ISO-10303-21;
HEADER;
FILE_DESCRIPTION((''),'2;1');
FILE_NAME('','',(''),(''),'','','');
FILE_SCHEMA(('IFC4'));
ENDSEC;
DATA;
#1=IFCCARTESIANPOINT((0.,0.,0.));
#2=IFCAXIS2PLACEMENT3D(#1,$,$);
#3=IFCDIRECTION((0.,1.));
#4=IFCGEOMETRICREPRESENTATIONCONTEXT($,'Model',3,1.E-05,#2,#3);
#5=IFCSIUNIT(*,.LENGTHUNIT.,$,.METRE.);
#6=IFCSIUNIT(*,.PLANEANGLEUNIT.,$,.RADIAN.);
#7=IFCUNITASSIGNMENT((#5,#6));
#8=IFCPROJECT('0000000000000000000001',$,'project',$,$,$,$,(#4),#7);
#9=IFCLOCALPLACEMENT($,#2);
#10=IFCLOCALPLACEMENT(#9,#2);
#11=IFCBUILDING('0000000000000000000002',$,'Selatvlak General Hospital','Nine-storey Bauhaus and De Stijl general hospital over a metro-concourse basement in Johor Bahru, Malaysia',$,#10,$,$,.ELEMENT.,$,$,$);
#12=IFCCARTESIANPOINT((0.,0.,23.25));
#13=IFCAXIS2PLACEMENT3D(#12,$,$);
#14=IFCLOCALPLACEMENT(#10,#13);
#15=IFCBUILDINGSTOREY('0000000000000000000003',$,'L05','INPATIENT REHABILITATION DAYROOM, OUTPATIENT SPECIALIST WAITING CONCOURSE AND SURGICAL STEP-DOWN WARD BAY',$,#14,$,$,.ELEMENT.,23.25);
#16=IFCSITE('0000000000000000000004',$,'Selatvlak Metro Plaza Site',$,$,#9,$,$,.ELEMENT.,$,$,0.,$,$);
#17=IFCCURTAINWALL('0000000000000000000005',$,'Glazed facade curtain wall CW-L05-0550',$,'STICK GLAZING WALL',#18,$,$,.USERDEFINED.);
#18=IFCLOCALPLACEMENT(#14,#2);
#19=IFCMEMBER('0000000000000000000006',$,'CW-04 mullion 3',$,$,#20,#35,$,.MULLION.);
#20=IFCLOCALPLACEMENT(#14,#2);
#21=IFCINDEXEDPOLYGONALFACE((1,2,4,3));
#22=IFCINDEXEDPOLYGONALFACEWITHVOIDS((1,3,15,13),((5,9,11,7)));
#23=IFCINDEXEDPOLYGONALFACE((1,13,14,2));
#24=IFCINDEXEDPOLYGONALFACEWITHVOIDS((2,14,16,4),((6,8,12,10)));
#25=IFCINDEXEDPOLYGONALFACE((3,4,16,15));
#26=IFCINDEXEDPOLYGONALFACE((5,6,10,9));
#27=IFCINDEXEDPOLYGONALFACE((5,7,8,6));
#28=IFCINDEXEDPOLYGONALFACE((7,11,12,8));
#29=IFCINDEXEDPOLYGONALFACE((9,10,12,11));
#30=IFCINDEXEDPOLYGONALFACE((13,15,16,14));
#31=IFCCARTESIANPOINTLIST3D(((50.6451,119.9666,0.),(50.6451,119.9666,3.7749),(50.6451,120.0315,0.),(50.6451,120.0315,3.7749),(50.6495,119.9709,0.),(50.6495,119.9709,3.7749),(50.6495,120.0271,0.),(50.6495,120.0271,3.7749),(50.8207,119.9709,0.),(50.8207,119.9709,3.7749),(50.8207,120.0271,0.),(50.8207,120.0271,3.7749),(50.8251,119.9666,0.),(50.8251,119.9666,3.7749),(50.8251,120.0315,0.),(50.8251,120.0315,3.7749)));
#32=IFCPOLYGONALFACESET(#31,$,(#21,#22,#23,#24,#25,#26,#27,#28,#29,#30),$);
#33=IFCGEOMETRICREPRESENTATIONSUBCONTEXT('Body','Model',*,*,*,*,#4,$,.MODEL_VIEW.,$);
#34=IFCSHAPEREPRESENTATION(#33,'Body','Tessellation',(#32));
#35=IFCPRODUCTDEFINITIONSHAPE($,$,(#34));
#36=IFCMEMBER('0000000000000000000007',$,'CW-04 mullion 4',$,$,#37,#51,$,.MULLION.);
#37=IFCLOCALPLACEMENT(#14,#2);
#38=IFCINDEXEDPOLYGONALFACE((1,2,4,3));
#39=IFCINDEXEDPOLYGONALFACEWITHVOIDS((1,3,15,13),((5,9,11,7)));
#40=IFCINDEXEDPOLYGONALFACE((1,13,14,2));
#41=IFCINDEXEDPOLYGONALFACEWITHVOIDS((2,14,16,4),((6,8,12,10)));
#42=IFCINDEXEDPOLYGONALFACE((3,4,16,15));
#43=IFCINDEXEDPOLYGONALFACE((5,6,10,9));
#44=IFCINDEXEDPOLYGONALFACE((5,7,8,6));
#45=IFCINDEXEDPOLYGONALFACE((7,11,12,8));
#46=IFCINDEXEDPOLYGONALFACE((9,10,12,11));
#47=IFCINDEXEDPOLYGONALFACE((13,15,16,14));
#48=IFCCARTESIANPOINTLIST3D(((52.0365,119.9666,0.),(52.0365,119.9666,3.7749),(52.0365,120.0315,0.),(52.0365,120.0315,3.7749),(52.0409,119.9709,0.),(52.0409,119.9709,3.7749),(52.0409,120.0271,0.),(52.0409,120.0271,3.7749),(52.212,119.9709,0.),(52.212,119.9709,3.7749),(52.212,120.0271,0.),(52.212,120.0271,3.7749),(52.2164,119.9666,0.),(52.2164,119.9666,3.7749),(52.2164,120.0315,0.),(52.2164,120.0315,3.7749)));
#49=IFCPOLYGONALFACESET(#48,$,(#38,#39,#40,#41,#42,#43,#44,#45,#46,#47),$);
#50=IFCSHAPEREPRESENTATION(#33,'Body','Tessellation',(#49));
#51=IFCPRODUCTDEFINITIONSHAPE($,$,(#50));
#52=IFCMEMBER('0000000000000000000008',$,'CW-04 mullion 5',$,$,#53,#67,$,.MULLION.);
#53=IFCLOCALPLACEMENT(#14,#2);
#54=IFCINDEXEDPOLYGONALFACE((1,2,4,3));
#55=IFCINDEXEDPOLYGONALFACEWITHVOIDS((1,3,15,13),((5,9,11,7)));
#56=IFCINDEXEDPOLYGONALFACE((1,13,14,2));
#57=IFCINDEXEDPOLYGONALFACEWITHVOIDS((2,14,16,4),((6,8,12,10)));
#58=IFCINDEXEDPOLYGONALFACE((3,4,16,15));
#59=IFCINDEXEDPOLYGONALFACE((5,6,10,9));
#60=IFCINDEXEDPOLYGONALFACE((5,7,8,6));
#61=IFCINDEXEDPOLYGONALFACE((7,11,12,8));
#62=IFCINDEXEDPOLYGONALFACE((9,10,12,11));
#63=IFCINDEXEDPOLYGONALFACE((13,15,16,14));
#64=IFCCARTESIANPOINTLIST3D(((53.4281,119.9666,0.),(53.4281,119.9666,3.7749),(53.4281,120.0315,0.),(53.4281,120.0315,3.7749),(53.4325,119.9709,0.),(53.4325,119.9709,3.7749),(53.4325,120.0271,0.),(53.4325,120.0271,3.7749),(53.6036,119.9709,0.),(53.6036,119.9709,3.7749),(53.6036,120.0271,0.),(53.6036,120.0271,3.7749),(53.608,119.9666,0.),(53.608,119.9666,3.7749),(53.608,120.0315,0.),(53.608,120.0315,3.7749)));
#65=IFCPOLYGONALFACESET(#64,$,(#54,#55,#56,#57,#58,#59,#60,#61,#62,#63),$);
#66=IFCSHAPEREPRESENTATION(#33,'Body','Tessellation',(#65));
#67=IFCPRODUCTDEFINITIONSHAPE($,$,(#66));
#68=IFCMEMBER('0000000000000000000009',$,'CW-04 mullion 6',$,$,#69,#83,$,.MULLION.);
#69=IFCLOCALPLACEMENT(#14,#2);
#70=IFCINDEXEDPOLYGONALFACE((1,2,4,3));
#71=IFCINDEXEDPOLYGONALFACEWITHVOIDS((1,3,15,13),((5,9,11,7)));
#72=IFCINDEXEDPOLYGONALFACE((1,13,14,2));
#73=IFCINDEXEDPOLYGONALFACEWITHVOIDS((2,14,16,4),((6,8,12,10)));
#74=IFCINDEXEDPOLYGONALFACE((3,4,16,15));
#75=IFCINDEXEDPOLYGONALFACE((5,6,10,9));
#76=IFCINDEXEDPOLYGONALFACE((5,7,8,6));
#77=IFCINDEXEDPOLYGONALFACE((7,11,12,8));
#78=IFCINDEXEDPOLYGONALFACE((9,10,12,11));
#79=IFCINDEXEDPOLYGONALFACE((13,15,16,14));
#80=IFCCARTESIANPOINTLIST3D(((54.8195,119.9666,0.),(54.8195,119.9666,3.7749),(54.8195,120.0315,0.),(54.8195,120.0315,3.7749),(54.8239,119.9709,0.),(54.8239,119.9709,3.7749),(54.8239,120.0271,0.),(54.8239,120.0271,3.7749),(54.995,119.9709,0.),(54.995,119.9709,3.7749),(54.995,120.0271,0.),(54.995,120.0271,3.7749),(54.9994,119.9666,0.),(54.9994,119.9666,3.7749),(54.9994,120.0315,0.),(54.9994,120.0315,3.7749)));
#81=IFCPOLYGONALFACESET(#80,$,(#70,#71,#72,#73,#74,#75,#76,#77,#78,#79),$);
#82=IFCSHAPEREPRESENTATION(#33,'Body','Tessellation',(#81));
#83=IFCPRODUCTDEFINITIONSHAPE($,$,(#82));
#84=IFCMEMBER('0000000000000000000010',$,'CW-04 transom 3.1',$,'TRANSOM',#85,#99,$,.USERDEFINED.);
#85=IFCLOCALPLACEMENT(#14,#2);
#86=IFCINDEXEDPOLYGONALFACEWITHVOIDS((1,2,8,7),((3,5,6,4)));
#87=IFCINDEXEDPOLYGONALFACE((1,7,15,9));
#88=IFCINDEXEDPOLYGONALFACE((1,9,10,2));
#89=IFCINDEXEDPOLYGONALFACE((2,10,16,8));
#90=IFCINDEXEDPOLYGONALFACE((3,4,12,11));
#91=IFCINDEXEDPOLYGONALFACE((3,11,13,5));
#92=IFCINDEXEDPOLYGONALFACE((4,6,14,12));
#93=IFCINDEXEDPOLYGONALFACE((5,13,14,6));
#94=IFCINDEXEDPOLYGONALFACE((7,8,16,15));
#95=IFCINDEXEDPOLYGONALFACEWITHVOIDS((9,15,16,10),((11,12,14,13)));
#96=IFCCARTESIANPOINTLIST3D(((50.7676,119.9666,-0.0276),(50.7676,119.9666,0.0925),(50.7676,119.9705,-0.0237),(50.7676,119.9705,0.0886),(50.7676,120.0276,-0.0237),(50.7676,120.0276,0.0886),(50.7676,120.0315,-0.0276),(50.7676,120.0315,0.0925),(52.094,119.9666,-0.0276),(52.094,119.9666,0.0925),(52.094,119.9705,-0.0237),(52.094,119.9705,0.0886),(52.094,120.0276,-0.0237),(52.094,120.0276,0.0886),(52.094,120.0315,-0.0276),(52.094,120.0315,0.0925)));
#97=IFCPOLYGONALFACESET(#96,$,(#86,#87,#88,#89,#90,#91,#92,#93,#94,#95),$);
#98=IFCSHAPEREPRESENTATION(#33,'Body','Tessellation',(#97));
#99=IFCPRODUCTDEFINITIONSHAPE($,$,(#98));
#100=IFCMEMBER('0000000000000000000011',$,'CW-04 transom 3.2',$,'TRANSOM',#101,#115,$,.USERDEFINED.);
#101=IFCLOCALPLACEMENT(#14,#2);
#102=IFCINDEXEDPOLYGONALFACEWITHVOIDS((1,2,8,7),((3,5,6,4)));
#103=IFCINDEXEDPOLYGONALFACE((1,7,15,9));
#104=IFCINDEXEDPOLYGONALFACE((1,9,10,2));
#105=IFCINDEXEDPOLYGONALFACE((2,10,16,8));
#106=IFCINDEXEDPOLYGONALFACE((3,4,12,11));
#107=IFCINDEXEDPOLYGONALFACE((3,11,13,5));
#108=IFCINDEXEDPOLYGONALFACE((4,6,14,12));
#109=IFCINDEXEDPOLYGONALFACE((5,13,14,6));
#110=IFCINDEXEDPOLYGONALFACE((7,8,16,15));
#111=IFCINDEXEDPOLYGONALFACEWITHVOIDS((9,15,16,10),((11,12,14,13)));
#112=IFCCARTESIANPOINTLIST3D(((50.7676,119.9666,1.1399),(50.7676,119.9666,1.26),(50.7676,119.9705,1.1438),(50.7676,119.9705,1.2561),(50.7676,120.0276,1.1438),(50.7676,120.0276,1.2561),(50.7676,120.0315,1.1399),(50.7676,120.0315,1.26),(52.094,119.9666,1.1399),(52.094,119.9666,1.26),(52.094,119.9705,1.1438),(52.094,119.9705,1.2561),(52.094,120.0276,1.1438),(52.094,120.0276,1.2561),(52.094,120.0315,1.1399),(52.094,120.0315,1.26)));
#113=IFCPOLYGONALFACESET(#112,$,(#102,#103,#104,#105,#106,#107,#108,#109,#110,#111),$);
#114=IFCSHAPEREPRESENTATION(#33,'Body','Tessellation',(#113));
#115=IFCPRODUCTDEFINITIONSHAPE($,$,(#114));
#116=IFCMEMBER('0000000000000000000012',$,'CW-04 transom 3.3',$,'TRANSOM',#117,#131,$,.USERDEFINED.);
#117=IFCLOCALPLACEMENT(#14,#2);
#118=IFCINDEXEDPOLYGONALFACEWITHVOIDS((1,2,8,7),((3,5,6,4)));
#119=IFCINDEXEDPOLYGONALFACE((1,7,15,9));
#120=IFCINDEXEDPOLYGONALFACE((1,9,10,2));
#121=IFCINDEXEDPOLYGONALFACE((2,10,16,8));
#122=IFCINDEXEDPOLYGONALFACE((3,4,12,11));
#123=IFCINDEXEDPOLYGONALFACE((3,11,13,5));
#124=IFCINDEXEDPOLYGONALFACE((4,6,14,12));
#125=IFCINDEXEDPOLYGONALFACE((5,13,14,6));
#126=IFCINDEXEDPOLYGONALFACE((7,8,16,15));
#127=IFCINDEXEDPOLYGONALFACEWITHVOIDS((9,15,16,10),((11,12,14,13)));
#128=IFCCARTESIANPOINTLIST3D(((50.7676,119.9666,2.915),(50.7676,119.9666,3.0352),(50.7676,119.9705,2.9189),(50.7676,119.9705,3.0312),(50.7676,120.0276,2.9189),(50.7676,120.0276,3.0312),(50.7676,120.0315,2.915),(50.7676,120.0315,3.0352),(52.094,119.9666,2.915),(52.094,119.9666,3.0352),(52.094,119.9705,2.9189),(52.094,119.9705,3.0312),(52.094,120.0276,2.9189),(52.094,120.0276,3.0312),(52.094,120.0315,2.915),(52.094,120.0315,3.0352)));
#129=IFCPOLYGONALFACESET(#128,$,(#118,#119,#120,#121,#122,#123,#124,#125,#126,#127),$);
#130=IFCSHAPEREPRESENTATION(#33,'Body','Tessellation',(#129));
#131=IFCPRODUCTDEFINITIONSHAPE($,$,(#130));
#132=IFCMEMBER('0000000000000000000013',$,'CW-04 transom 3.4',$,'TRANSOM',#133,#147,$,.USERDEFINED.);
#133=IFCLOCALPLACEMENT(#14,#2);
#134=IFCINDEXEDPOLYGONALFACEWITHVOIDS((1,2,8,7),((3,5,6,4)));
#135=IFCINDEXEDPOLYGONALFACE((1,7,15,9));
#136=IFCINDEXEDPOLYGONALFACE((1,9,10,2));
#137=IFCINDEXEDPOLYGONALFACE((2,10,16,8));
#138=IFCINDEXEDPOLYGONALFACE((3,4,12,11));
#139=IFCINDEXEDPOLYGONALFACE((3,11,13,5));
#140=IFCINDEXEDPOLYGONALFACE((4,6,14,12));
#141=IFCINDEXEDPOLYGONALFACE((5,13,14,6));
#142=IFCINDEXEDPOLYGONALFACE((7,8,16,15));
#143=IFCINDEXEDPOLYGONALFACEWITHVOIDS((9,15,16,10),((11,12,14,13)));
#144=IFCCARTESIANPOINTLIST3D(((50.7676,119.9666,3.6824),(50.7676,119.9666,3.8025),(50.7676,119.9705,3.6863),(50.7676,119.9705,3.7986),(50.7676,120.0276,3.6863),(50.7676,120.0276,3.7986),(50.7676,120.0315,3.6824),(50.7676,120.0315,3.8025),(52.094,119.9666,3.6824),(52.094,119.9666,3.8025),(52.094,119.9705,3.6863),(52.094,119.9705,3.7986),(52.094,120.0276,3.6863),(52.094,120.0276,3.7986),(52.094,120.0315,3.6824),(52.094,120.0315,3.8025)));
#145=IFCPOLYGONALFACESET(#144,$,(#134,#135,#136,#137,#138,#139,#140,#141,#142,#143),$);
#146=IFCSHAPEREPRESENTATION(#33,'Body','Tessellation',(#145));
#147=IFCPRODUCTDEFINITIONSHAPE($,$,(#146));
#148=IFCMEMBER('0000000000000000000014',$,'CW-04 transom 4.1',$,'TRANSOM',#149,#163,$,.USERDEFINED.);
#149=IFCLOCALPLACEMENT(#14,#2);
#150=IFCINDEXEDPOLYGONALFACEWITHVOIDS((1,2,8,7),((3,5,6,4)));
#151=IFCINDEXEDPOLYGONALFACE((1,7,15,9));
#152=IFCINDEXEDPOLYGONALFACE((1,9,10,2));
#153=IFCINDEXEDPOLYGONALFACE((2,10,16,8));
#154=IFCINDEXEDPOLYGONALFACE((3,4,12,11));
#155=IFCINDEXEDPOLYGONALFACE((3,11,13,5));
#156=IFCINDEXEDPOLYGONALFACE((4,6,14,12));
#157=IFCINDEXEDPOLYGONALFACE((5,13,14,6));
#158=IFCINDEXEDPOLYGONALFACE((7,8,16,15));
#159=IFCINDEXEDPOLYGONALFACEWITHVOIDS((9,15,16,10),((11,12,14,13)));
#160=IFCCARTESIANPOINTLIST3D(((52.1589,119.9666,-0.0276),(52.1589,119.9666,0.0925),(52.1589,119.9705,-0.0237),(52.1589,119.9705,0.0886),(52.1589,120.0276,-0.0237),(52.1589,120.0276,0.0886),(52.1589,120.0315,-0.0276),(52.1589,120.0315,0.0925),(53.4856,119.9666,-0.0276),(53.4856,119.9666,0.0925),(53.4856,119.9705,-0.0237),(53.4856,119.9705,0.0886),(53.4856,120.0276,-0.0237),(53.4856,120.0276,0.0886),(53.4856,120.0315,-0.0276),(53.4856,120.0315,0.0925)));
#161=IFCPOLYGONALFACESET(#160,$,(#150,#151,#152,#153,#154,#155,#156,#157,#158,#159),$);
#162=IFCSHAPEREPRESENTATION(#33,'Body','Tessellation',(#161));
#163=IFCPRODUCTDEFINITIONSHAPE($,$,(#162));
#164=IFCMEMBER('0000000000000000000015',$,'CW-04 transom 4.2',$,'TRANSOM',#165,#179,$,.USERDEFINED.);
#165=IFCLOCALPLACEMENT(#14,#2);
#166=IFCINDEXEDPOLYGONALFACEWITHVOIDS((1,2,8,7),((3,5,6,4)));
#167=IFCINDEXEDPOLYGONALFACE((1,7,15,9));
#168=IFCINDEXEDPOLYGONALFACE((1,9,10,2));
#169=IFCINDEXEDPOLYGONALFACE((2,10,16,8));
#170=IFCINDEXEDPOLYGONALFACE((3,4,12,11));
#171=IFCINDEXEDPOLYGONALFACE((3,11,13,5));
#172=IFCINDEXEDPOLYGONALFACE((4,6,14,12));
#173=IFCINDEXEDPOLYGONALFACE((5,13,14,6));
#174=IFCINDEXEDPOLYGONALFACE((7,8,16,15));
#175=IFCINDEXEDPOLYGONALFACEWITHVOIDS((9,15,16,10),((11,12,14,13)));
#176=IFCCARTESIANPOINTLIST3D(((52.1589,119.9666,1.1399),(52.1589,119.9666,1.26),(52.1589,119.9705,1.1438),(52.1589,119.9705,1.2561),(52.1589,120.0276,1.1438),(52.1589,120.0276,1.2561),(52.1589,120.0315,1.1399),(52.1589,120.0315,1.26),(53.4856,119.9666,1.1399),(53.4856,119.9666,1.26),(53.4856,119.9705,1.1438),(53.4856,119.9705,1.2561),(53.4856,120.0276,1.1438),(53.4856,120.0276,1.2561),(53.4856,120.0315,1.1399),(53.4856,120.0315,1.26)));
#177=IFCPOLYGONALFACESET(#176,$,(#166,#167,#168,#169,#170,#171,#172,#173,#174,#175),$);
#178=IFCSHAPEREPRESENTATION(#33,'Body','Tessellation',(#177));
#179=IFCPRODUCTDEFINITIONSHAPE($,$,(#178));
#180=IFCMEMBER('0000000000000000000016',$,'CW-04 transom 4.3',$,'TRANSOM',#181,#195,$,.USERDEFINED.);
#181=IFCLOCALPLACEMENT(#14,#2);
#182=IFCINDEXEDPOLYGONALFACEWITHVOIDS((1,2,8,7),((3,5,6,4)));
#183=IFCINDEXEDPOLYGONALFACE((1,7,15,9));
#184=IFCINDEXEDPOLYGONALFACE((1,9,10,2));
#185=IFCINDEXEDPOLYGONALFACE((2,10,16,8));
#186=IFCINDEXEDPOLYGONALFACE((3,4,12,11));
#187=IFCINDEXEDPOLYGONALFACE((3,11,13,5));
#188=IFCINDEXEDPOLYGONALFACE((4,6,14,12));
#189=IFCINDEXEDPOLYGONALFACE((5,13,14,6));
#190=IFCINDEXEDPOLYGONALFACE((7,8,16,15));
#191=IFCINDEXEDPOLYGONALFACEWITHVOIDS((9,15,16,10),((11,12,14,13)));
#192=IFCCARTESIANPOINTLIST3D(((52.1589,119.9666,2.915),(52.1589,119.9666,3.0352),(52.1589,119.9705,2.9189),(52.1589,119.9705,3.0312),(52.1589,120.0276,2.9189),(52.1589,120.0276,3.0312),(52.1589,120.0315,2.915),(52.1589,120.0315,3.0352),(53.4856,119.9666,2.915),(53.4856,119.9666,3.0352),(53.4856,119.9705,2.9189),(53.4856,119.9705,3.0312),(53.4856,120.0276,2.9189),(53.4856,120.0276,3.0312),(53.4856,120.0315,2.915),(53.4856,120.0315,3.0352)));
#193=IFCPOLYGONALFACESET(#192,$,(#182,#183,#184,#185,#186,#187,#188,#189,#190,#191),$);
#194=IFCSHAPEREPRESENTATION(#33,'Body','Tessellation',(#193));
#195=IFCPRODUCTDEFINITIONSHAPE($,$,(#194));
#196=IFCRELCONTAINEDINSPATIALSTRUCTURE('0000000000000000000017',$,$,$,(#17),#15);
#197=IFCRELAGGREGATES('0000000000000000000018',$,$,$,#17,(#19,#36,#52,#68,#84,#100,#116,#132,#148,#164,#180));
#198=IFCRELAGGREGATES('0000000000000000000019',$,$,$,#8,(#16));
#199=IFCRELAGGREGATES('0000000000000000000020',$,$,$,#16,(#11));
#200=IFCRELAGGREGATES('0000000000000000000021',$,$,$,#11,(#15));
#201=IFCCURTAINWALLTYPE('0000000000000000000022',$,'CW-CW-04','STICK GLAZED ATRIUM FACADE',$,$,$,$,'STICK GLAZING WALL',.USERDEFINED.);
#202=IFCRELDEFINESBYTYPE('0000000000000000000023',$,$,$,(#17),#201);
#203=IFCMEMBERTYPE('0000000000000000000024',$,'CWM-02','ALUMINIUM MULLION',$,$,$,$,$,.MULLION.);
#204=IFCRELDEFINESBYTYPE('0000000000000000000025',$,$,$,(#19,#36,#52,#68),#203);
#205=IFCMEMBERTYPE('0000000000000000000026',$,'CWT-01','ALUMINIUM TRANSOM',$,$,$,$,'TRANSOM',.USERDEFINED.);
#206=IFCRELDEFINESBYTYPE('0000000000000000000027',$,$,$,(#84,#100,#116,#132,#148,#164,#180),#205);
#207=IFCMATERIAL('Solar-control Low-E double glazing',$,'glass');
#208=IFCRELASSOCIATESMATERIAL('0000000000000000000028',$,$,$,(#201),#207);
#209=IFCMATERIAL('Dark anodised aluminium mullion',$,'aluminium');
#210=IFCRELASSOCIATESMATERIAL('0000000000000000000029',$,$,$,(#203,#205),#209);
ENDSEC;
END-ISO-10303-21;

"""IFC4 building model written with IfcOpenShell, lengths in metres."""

from ifc_helpers import new_model, si_unit, direction, frame, origin, origin_2d, place, context, subcontext, project, spatial, hollow_rectangle, extrude, material, material_profile, profile_set, type_object, element, aggregate, save


model = new_model("IFC4")

# Units and contexts
model_context = context("Model", 3, precision=1e-05, world=origin(), true_north=direction((0.0, 1.0)))
body_context = subcontext(model_context, "Body", "Model", "MODEL_VIEW")
ifc_project = project(units=[si_unit("LENGTHUNIT", "METRE"), si_unit("PLANEANGLEUNIT", "RADIAN")], contexts=[model_context])

# Site, building, storey
site_placement = place(None, origin())
site = spatial("IfcSite", under=ifc_project, at=site_placement, Name="Selatvlak Metro Plaza Site", CompositionType="ELEMENT", RefElevation=0.0)
building_placement = place(site_placement, origin())
building = spatial("IfcBuilding", under=site, at=building_placement, Name="Selatvlak General Hospital", Description="Nine-storey Bauhaus and De Stijl general hospital over a metro-concourse basement in Johor Bahru, Malaysia", CompositionType="ELEMENT")
storey_placement = place(building_placement, frame((0.0, 0.0, 23.25)))
storey = spatial("IfcBuildingStorey", under=building, at=storey_placement, Name="L05", Description="INPATIENT REHABILITATION DAYROOM, OUTPATIENT SPECIALIST WAITING CONCOURSE AND SURGICAL STEP-DOWN WARD BAY", CompositionType="ELEMENT", Elevation=23.25)

# Curtain wall, members
ifc_material_1 = material(Name="Solar-control Low-E double glazing", Category="glass")
curtain_wall_type = type_object("IfcCurtainWallType", Name="CW-CW-04", Description="STICK GLAZED ATRIUM FACADE", ElementType="STICK GLAZING WALL", PredefinedType="USERDEFINED", material=ifc_material_1)
curtain_wall_placement = place(storey_placement, origin())
curtain_wall = element("IfcCurtainWall", 1, at=curtain_wall_placement, inside=storey, type_object=curtain_wall_type, Name="Glazed facade curtain wall CW-L05-0550", ObjectType="STICK GLAZING WALL", PredefinedType="USERDEFINED")
ifc_material_2 = material(Name="Dark anodised aluminium mullion", Category="aluminium")
ifc_material_profile_1 = material_profile(ifc_material_2, hollow_rectangle(XDim=0.0649, YDim=0.1799, WallThickness=0.0044, at=origin_2d()), Name="AL-MUL 65x180x4.5")
ifc_profile_set_1 = profile_set([ifc_material_profile_1], Name="Dark anodised aluminium mullion")
member_type_1 = type_object("IfcMemberType", Name="CWM-02", Description="ALUMINIUM MULLION", PredefinedType="MULLION", material=ifc_profile_set_1)
member_1_placement = place(storey_placement, frame((50.7351, 119.999, 0.0), z_axis=(0.0, 0.0, 1.0), x_axis=(0.0, 1.0, 0.0)))
member_1 = element("IfcMember", 2, at=member_1_placement, type_object=member_type_1, Name="CW-04 mullion 3", PredefinedType="MULLION", context=body_context, shape_type="SweptSolid", body=[
    extrude(hollow_rectangle(XDim=0.0649, YDim=0.1799, WallThickness=0.0044, at=origin_2d()), origin(), (0.0, 0.0, 1.0), 3.7749),
])
member_2_placement = place(storey_placement, frame((52.1265, 119.999, 0.0), z_axis=(0.0, 0.0, 1.0), x_axis=(0.0, 1.0, 0.0)))
member_2 = element("IfcMember", 3, at=member_2_placement, type_object=member_type_1, Name="CW-04 mullion 4", PredefinedType="MULLION", context=body_context, shape_type="SweptSolid", body=[
    extrude(hollow_rectangle(XDim=0.0649, YDim=0.1799, WallThickness=0.0044, at=origin_2d()), origin(), (0.0, 0.0, 1.0), 3.7749),
])
member_3_placement = place(storey_placement, frame((53.5181, 119.999, 0.0), z_axis=(0.0, 0.0, 1.0), x_axis=(0.0, 1.0, 0.0)))
member_3 = element("IfcMember", 4, at=member_3_placement, type_object=member_type_1, Name="CW-04 mullion 5", PredefinedType="MULLION", context=body_context, shape_type="SweptSolid", body=[
    extrude(hollow_rectangle(XDim=0.0649, YDim=0.1799, WallThickness=0.0044, at=origin_2d()), origin(), (0.0, 0.0, 1.0), 3.7749),
])
member_4_placement = place(storey_placement, frame((54.9094, 119.999, 0.0), z_axis=(0.0, 0.0, 1.0), x_axis=(0.0, 1.0, 0.0)))
member_4 = element("IfcMember", 5, at=member_4_placement, type_object=member_type_1, Name="CW-04 mullion 6", PredefinedType="MULLION", context=body_context, shape_type="SweptSolid", body=[
    extrude(hollow_rectangle(XDim=0.0649, YDim=0.1799, WallThickness=0.0044, at=origin_2d()), origin(), (0.0, 0.0, 1.0), 3.7749),
])
ifc_material_profile_2 = material_profile(ifc_material_2, hollow_rectangle(XDim=0.0649, YDim=0.1201, WallThickness=0.0039, at=origin_2d()), Name="AL-TRN 65x120x4")
ifc_profile_set_2 = profile_set([ifc_material_profile_2], Name="Dark anodised aluminium mullion")
member_type_2 = type_object("IfcMemberType", Name="CWT-01", Description="ALUMINIUM TRANSOM", ElementType="TRANSOM", PredefinedType="USERDEFINED", material=ifc_profile_set_2)
member_5_placement = place(storey_placement, frame((50.7676, 119.999, 0.0325), z_axis=(1.0, 0.0, 0.0), x_axis=(0.0, 1.0, 0.0)))
member_5 = element("IfcMember", 6, at=member_5_placement, type_object=member_type_2, Name="CW-04 transom 3.1", ObjectType="TRANSOM", PredefinedType="USERDEFINED", context=body_context, shape_type="SweptSolid", body=[
    extrude(hollow_rectangle(XDim=0.0649, YDim=0.1201, WallThickness=0.0039, at=origin_2d()), origin(), (0.0, 0.0, 1.0), 1.3264),
])
member_6_placement = place(storey_placement, frame((50.7676, 119.999, 1.2), z_axis=(1.0, 0.0, 0.0), x_axis=(0.0, 1.0, 0.0)))
member_6 = element("IfcMember", 7, at=member_6_placement, type_object=member_type_2, Name="CW-04 transom 3.2", ObjectType="TRANSOM", PredefinedType="USERDEFINED", context=body_context, shape_type="SweptSolid", body=[
    extrude(hollow_rectangle(XDim=0.0649, YDim=0.1201, WallThickness=0.0039, at=origin_2d()), origin(), (0.0, 0.0, 1.0), 1.3264),
])
member_7_placement = place(storey_placement, frame((50.7676, 119.999, 2.9751), z_axis=(1.0, 0.0, 0.0), x_axis=(0.0, 1.0, 0.0)))
member_7 = element("IfcMember", 8, at=member_7_placement, type_object=member_type_2, Name="CW-04 transom 3.3", ObjectType="TRANSOM", PredefinedType="USERDEFINED", context=body_context, shape_type="SweptSolid", body=[
    extrude(hollow_rectangle(XDim=0.0649, YDim=0.1201, WallThickness=0.0039, at=origin_2d()), origin(), (0.0, 0.0, 1.0), 1.3264),
])
member_8_placement = place(storey_placement, frame((50.7676, 119.999, 3.7424), z_axis=(1.0, 0.0, 0.0), x_axis=(0.0, 1.0, 0.0)))
member_8 = element("IfcMember", 9, at=member_8_placement, type_object=member_type_2, Name="CW-04 transom 3.4", ObjectType="TRANSOM", PredefinedType="USERDEFINED", context=body_context, shape_type="SweptSolid", body=[
    extrude(hollow_rectangle(XDim=0.0649, YDim=0.1201, WallThickness=0.0039, at=origin_2d()), origin(), (0.0, 0.0, 1.0), 1.3264),
])
member_9_placement = place(storey_placement, frame((52.1589, 119.999, 0.0325), z_axis=(1.0, 0.0, 0.0), x_axis=(0.0, 1.0, 0.0)))
member_9 = element("IfcMember", 10, at=member_9_placement, type_object=member_type_2, Name="CW-04 transom 4.1", ObjectType="TRANSOM", PredefinedType="USERDEFINED", context=body_context, shape_type="SweptSolid", body=[
    extrude(hollow_rectangle(XDim=0.0649, YDim=0.1201, WallThickness=0.0039, at=origin_2d()), origin(), (0.0, 0.0, 1.0), 1.3267),
])
member_10_placement = place(storey_placement, frame((52.1589, 119.999, 1.2), z_axis=(1.0, 0.0, 0.0), x_axis=(0.0, 1.0, 0.0)))
member_10 = element("IfcMember", 11, at=member_10_placement, type_object=member_type_2, Name="CW-04 transom 4.2", ObjectType="TRANSOM", PredefinedType="USERDEFINED", context=body_context, shape_type="SweptSolid", body=[
    extrude(hollow_rectangle(XDim=0.0649, YDim=0.1201, WallThickness=0.0039, at=origin_2d()), origin(), (0.0, 0.0, 1.0), 1.3267),
])
member_11_placement = place(storey_placement, frame((52.1589, 119.999, 2.9751), z_axis=(1.0, 0.0, 0.0), x_axis=(0.0, 1.0, 0.0)))
member_11 = element("IfcMember", 12, at=member_11_placement, type_object=member_type_2, Name="CW-04 transom 4.3", ObjectType="TRANSOM", PredefinedType="USERDEFINED", context=body_context, shape_type="SweptSolid", body=[
    extrude(hollow_rectangle(XDim=0.0649, YDim=0.1201, WallThickness=0.0039, at=origin_2d()), origin(), (0.0, 0.0, 1.0), 1.3267),
])
aggregate(curtain_wall, [member_1, member_2, member_3, member_4, member_5, member_6, member_7, member_8, member_9, member_10, member_11])

save(model, "model.ifc")
